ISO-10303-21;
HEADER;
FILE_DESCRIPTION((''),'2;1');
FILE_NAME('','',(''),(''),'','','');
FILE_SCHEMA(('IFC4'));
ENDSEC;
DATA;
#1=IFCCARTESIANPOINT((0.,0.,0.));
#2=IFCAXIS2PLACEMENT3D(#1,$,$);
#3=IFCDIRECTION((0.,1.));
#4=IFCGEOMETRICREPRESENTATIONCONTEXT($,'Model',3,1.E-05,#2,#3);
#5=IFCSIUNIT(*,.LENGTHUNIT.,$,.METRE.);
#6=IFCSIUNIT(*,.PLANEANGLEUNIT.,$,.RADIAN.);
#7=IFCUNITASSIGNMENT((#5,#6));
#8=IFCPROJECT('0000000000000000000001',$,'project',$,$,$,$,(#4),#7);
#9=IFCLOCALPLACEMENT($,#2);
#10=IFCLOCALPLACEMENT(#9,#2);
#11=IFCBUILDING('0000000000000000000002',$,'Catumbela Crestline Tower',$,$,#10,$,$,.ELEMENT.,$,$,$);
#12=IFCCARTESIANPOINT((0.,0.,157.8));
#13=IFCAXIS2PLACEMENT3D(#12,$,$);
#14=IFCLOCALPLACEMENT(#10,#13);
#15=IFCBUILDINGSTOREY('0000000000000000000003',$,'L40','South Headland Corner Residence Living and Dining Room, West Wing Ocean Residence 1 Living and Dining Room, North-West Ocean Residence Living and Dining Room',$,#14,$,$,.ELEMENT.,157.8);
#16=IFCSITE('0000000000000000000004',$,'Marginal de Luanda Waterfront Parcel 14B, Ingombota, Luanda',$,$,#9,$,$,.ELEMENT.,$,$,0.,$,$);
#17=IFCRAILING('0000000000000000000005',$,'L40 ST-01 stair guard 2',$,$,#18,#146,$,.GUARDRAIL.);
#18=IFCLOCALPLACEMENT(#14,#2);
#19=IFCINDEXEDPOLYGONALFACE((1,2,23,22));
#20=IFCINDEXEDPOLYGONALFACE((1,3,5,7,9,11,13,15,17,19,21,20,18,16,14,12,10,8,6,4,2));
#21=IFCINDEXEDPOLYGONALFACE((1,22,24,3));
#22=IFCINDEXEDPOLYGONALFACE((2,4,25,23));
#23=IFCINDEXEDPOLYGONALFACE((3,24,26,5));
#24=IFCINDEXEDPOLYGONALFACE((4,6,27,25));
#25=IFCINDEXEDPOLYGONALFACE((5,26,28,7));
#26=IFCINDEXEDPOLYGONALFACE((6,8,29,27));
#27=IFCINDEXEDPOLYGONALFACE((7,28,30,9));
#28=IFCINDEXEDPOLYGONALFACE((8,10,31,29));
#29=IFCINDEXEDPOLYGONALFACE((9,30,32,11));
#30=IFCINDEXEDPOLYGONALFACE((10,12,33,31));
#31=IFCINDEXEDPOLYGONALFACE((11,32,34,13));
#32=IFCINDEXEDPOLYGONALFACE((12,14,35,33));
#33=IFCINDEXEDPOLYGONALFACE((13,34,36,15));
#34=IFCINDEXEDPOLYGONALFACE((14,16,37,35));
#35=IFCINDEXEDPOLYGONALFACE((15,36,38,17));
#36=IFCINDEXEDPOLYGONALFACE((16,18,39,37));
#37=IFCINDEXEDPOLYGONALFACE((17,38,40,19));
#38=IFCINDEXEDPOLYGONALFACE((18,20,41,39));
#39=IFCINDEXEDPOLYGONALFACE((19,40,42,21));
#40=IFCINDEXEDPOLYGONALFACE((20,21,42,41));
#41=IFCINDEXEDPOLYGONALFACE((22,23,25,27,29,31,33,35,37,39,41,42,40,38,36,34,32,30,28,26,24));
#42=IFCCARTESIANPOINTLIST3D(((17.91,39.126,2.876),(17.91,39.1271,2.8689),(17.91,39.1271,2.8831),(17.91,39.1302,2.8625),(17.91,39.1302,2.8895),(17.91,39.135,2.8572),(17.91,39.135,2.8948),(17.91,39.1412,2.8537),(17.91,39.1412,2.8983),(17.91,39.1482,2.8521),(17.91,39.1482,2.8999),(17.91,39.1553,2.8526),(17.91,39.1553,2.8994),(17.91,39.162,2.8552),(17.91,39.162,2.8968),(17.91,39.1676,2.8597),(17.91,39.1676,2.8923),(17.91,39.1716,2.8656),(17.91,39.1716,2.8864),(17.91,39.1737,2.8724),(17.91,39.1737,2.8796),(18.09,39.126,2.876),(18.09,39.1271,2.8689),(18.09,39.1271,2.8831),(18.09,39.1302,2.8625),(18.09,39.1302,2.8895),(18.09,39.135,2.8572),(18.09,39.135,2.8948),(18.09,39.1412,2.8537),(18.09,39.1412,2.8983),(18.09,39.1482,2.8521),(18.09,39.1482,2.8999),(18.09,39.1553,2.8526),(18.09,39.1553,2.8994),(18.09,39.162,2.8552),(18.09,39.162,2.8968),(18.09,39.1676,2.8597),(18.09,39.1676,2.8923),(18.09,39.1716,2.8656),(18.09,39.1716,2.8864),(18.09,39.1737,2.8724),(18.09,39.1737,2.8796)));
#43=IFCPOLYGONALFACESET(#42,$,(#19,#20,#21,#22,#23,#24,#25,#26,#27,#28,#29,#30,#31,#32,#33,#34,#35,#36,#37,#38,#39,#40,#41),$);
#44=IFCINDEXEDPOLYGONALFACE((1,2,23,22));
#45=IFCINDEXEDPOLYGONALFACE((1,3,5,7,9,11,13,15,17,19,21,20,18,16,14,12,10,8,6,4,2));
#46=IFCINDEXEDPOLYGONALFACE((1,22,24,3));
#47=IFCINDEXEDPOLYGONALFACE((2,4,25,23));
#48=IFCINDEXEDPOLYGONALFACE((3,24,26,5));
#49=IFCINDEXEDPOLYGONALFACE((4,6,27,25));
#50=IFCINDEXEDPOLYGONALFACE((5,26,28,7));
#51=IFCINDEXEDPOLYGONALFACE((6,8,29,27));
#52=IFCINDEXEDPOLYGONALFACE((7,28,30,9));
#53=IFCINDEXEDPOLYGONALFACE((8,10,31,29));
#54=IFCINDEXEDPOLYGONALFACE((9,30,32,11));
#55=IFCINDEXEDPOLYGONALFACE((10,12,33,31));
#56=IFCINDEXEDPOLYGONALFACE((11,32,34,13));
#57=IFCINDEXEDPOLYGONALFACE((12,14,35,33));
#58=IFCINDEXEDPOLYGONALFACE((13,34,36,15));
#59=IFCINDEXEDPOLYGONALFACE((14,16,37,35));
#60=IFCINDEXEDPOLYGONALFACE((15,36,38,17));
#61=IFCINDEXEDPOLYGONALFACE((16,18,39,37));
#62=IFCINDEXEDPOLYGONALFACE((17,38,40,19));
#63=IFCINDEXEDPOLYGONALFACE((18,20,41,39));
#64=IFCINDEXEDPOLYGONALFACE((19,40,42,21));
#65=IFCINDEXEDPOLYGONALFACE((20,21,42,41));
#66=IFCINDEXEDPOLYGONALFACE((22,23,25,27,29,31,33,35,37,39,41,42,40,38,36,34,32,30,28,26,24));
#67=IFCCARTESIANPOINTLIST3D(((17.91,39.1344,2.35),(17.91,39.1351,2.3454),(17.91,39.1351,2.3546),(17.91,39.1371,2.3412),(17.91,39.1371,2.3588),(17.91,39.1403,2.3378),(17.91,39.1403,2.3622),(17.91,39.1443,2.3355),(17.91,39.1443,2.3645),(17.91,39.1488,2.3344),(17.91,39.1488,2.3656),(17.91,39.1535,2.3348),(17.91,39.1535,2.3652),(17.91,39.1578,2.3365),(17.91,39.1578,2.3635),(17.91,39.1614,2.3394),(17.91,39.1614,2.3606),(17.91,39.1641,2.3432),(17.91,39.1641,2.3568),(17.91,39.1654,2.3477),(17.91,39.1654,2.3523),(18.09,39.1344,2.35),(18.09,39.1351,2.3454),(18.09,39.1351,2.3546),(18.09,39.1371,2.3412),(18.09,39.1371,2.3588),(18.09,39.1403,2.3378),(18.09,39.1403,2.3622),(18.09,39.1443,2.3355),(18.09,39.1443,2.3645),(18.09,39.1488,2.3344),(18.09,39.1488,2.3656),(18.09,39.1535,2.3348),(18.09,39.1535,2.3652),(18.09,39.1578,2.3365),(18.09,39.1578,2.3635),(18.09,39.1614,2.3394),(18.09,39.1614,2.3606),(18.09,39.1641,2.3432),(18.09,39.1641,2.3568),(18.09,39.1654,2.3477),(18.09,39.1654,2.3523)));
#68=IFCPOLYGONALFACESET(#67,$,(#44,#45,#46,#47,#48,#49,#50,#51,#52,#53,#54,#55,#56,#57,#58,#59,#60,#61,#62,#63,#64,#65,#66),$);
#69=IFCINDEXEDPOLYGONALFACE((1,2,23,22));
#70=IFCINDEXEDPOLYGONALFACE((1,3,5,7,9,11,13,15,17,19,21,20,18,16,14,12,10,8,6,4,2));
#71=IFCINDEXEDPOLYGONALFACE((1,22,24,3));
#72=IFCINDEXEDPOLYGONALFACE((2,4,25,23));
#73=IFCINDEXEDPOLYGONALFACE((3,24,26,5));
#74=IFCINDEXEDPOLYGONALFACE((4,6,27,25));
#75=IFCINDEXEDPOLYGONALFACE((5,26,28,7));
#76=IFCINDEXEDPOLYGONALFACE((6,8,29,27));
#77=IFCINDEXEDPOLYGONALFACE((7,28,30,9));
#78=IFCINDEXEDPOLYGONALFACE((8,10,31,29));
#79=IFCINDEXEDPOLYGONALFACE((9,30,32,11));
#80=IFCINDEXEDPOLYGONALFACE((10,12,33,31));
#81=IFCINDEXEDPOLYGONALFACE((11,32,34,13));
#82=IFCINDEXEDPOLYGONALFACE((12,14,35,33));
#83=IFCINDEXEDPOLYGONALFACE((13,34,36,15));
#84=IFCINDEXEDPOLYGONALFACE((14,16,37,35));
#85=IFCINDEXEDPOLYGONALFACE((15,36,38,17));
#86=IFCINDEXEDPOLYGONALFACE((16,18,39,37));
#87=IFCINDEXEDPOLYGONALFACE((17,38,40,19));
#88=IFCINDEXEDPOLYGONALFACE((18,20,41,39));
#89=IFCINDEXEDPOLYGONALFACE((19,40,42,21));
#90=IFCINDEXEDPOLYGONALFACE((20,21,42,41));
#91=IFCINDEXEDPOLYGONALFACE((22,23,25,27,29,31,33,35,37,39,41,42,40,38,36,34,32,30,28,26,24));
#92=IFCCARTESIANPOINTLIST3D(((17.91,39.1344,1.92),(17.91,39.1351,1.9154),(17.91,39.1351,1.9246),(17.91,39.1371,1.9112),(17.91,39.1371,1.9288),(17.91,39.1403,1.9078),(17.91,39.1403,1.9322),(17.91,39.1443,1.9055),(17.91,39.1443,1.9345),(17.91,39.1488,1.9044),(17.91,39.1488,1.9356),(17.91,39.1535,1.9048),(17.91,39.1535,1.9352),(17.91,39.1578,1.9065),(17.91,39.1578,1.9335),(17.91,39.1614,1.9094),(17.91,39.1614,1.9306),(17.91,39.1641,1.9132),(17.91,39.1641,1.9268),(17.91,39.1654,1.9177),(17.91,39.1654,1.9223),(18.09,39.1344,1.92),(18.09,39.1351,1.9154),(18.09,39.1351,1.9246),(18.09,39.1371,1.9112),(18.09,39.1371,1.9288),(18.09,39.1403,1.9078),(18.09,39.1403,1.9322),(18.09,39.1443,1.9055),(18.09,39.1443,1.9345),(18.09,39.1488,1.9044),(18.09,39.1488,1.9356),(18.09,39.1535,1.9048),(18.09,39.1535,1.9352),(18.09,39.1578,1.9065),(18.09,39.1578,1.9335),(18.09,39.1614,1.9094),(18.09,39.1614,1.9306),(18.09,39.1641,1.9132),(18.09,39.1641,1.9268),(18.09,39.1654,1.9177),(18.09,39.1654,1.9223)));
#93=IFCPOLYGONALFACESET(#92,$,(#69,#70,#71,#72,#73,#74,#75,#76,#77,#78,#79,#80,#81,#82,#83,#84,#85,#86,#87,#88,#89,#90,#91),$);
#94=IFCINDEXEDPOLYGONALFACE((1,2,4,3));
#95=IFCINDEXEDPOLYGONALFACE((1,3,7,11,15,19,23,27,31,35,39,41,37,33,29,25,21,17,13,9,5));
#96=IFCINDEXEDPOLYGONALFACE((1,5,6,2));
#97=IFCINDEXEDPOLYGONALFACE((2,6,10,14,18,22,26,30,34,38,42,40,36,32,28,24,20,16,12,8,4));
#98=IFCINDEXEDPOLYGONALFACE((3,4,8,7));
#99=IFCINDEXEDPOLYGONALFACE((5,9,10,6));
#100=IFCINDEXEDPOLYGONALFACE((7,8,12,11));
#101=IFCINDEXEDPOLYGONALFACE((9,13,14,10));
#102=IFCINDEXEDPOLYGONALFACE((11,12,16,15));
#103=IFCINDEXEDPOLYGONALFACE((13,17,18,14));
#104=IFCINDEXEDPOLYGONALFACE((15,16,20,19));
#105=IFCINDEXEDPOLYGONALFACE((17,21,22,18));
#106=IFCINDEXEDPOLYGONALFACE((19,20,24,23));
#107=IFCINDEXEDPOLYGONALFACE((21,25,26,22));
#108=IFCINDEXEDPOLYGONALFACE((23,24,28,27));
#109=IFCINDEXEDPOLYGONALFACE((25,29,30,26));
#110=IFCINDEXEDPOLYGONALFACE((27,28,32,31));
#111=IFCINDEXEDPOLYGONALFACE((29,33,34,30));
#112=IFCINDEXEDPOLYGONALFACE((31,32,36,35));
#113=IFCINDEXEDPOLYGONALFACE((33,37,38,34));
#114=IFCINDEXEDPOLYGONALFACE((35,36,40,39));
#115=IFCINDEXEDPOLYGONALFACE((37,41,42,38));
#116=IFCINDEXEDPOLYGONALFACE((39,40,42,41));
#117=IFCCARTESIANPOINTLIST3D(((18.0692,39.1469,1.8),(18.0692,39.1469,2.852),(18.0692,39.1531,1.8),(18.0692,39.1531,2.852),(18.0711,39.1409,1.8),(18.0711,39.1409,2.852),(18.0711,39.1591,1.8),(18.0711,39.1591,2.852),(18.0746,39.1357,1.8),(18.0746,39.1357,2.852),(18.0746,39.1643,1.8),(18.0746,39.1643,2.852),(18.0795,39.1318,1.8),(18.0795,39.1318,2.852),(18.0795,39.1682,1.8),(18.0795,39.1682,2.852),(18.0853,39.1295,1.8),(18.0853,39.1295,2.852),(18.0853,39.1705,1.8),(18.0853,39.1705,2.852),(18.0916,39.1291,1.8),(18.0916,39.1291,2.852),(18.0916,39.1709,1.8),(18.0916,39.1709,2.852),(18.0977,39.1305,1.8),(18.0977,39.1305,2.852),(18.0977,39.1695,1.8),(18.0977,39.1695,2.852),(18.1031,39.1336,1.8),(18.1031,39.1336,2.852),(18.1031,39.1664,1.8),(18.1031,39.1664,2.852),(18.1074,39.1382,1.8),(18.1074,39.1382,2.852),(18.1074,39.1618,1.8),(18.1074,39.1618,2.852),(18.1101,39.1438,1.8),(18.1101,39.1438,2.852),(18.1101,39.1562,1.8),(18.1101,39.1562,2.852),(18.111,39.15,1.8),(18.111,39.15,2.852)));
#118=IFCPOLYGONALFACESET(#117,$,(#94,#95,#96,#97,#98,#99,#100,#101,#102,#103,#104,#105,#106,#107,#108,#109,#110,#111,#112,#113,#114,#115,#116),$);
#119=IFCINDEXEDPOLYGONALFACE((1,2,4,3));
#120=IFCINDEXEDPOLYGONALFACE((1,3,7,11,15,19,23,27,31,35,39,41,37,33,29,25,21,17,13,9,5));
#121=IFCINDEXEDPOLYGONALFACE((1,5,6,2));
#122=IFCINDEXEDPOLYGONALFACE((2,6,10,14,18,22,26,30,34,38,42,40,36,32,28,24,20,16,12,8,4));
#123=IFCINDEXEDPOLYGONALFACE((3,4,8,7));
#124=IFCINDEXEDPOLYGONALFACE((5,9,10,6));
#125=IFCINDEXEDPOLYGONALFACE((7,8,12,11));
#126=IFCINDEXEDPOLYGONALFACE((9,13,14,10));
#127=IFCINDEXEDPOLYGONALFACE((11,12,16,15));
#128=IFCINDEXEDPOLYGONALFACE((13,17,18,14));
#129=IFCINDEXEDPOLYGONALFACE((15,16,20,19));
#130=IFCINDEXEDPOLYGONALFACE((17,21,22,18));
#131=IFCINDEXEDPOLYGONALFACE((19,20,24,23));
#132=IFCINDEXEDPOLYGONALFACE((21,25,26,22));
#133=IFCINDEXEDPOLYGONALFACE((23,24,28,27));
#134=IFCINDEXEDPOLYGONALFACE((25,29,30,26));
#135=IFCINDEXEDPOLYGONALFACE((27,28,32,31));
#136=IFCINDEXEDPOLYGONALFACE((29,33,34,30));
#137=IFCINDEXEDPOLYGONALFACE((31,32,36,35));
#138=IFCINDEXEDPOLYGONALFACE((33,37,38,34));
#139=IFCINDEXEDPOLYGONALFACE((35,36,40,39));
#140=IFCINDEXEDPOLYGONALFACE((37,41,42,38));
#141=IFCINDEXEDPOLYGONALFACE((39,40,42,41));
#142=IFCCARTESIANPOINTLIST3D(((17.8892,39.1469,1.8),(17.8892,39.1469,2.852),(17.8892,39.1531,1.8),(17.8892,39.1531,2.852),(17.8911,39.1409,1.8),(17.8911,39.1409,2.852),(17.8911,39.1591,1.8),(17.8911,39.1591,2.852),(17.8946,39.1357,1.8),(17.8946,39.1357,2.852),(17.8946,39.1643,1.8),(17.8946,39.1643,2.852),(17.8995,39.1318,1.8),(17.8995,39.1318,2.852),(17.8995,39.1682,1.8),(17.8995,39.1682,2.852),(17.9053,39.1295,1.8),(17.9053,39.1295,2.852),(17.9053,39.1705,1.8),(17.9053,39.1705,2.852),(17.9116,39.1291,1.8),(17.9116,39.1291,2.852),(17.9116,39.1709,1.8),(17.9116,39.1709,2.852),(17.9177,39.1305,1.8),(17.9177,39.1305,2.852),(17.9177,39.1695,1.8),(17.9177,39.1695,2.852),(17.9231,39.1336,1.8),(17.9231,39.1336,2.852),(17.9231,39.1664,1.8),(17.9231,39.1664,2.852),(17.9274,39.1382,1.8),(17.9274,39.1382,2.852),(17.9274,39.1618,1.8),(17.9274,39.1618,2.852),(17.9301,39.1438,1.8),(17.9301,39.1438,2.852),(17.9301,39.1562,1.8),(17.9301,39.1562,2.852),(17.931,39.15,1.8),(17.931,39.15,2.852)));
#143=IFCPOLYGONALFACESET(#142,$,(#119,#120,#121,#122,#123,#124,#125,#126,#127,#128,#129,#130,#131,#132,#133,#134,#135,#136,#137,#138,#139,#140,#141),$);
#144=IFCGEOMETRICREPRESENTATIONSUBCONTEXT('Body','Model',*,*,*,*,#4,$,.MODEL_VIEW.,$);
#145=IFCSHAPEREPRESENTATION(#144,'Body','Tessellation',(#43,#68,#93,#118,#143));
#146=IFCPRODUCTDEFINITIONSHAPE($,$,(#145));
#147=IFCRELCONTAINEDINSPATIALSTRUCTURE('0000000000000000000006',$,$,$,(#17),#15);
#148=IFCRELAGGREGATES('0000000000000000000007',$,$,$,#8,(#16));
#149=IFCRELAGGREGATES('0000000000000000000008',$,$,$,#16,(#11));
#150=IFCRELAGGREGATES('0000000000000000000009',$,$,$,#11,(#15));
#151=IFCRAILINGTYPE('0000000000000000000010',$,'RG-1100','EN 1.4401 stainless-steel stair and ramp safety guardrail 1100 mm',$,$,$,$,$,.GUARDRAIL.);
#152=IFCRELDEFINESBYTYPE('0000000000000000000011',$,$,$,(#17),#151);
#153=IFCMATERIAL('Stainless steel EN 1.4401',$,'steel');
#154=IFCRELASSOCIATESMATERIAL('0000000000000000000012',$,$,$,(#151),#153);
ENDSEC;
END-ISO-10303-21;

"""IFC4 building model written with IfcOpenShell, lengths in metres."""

from ifc_helpers import new_model, si_unit, direction, frame, origin, origin_2d, place, context, subcontext, project, spatial, circle, extrude, material, type_object, element, save


model = new_model("IFC4")

# Units and contexts
model_context = context("Model", 3, precision=1e-05, world=origin(), true_north=direction((0.0, 1.0)))
body_context = subcontext(model_context, "Body", "Model", "MODEL_VIEW")
ifc_project = project(units=[si_unit("LENGTHUNIT", "METRE"), si_unit("PLANEANGLEUNIT", "RADIAN")], contexts=[model_context])

# Site, building, storey
site_placement = place(None, origin())
site = spatial("IfcSite", under=ifc_project, at=site_placement, Name="Marginal de Luanda Waterfront Parcel 14B, Ingombota, Luanda", CompositionType="ELEMENT", RefElevation=0.0)
building_placement = place(site_placement, origin())
building = spatial("IfcBuilding", under=site, at=building_placement, Name="Catumbela Crestline Tower", CompositionType="ELEMENT")
storey_placement = place(building_placement, frame((0.0, 0.0, 157.8)))
storey = spatial("IfcBuildingStorey", under=building, at=storey_placement, Name="L40", Description="South Headland Corner Residence Living and Dining Room, West Wing Ocean Residence 1 Living and Dining Room, North-West Ocean Residence Living and Dining Room", CompositionType="ELEMENT", Elevation=157.8)

# Shared definitions
ifc_material_1 = material(Name="Stainless steel EN 1.4401", Category="steel")

# Railing
railing_type_1 = type_object("IfcRailingType", Name="RG-1100", Description="EN 1.4401 stainless-steel stair and ramp safety guardrail 1100 mm", PredefinedType="GUARDRAIL", material=ifc_material_1)
railing_1_placement = place(storey_placement, frame((18.09, 39.15, 1.8)))
element("IfcRailing", 1, at=railing_1_placement, inside=storey, type_object=railing_type_1, Name="L40 ST-01 stair guard 2", PredefinedType="GUARDRAIL", context=body_context, shape_type="SweptSolid", body=[
    extrude(circle(Radius=0.024, at=origin_2d()), frame((0.0, 0.0, 1.076), z_axis=(-1.0, 0.0, 0.0), x_axis=(0.0, -1.0, 0.0)), (0.0, 0.0, 1.0), 0.18),
    extrude(circle(Radius=0.0156, at=origin_2d()), frame((0.0, 0.0, 0.55), z_axis=(-1.0, 0.0, 0.0), x_axis=(0.0, -1.0, 0.0)), (0.0, 0.0, 1.0), 0.18),
    extrude(circle(Radius=0.0156, at=origin_2d()), frame((0.0, 0.0, 0.12), z_axis=(-1.0, 0.0, 0.0), x_axis=(0.0, -1.0, 0.0)), (0.0, 0.0, 1.0), 0.18),
    extrude(circle(Radius=0.021, at=origin_2d()), origin(), (0.0, 0.0, 1.0), 1.052),
    extrude(circle(Radius=0.021, at=origin_2d()), frame((-0.18, 0.0, 0.0)), (0.0, 0.0, 1.0), 1.052),
])

save(model, "model.ifc")
